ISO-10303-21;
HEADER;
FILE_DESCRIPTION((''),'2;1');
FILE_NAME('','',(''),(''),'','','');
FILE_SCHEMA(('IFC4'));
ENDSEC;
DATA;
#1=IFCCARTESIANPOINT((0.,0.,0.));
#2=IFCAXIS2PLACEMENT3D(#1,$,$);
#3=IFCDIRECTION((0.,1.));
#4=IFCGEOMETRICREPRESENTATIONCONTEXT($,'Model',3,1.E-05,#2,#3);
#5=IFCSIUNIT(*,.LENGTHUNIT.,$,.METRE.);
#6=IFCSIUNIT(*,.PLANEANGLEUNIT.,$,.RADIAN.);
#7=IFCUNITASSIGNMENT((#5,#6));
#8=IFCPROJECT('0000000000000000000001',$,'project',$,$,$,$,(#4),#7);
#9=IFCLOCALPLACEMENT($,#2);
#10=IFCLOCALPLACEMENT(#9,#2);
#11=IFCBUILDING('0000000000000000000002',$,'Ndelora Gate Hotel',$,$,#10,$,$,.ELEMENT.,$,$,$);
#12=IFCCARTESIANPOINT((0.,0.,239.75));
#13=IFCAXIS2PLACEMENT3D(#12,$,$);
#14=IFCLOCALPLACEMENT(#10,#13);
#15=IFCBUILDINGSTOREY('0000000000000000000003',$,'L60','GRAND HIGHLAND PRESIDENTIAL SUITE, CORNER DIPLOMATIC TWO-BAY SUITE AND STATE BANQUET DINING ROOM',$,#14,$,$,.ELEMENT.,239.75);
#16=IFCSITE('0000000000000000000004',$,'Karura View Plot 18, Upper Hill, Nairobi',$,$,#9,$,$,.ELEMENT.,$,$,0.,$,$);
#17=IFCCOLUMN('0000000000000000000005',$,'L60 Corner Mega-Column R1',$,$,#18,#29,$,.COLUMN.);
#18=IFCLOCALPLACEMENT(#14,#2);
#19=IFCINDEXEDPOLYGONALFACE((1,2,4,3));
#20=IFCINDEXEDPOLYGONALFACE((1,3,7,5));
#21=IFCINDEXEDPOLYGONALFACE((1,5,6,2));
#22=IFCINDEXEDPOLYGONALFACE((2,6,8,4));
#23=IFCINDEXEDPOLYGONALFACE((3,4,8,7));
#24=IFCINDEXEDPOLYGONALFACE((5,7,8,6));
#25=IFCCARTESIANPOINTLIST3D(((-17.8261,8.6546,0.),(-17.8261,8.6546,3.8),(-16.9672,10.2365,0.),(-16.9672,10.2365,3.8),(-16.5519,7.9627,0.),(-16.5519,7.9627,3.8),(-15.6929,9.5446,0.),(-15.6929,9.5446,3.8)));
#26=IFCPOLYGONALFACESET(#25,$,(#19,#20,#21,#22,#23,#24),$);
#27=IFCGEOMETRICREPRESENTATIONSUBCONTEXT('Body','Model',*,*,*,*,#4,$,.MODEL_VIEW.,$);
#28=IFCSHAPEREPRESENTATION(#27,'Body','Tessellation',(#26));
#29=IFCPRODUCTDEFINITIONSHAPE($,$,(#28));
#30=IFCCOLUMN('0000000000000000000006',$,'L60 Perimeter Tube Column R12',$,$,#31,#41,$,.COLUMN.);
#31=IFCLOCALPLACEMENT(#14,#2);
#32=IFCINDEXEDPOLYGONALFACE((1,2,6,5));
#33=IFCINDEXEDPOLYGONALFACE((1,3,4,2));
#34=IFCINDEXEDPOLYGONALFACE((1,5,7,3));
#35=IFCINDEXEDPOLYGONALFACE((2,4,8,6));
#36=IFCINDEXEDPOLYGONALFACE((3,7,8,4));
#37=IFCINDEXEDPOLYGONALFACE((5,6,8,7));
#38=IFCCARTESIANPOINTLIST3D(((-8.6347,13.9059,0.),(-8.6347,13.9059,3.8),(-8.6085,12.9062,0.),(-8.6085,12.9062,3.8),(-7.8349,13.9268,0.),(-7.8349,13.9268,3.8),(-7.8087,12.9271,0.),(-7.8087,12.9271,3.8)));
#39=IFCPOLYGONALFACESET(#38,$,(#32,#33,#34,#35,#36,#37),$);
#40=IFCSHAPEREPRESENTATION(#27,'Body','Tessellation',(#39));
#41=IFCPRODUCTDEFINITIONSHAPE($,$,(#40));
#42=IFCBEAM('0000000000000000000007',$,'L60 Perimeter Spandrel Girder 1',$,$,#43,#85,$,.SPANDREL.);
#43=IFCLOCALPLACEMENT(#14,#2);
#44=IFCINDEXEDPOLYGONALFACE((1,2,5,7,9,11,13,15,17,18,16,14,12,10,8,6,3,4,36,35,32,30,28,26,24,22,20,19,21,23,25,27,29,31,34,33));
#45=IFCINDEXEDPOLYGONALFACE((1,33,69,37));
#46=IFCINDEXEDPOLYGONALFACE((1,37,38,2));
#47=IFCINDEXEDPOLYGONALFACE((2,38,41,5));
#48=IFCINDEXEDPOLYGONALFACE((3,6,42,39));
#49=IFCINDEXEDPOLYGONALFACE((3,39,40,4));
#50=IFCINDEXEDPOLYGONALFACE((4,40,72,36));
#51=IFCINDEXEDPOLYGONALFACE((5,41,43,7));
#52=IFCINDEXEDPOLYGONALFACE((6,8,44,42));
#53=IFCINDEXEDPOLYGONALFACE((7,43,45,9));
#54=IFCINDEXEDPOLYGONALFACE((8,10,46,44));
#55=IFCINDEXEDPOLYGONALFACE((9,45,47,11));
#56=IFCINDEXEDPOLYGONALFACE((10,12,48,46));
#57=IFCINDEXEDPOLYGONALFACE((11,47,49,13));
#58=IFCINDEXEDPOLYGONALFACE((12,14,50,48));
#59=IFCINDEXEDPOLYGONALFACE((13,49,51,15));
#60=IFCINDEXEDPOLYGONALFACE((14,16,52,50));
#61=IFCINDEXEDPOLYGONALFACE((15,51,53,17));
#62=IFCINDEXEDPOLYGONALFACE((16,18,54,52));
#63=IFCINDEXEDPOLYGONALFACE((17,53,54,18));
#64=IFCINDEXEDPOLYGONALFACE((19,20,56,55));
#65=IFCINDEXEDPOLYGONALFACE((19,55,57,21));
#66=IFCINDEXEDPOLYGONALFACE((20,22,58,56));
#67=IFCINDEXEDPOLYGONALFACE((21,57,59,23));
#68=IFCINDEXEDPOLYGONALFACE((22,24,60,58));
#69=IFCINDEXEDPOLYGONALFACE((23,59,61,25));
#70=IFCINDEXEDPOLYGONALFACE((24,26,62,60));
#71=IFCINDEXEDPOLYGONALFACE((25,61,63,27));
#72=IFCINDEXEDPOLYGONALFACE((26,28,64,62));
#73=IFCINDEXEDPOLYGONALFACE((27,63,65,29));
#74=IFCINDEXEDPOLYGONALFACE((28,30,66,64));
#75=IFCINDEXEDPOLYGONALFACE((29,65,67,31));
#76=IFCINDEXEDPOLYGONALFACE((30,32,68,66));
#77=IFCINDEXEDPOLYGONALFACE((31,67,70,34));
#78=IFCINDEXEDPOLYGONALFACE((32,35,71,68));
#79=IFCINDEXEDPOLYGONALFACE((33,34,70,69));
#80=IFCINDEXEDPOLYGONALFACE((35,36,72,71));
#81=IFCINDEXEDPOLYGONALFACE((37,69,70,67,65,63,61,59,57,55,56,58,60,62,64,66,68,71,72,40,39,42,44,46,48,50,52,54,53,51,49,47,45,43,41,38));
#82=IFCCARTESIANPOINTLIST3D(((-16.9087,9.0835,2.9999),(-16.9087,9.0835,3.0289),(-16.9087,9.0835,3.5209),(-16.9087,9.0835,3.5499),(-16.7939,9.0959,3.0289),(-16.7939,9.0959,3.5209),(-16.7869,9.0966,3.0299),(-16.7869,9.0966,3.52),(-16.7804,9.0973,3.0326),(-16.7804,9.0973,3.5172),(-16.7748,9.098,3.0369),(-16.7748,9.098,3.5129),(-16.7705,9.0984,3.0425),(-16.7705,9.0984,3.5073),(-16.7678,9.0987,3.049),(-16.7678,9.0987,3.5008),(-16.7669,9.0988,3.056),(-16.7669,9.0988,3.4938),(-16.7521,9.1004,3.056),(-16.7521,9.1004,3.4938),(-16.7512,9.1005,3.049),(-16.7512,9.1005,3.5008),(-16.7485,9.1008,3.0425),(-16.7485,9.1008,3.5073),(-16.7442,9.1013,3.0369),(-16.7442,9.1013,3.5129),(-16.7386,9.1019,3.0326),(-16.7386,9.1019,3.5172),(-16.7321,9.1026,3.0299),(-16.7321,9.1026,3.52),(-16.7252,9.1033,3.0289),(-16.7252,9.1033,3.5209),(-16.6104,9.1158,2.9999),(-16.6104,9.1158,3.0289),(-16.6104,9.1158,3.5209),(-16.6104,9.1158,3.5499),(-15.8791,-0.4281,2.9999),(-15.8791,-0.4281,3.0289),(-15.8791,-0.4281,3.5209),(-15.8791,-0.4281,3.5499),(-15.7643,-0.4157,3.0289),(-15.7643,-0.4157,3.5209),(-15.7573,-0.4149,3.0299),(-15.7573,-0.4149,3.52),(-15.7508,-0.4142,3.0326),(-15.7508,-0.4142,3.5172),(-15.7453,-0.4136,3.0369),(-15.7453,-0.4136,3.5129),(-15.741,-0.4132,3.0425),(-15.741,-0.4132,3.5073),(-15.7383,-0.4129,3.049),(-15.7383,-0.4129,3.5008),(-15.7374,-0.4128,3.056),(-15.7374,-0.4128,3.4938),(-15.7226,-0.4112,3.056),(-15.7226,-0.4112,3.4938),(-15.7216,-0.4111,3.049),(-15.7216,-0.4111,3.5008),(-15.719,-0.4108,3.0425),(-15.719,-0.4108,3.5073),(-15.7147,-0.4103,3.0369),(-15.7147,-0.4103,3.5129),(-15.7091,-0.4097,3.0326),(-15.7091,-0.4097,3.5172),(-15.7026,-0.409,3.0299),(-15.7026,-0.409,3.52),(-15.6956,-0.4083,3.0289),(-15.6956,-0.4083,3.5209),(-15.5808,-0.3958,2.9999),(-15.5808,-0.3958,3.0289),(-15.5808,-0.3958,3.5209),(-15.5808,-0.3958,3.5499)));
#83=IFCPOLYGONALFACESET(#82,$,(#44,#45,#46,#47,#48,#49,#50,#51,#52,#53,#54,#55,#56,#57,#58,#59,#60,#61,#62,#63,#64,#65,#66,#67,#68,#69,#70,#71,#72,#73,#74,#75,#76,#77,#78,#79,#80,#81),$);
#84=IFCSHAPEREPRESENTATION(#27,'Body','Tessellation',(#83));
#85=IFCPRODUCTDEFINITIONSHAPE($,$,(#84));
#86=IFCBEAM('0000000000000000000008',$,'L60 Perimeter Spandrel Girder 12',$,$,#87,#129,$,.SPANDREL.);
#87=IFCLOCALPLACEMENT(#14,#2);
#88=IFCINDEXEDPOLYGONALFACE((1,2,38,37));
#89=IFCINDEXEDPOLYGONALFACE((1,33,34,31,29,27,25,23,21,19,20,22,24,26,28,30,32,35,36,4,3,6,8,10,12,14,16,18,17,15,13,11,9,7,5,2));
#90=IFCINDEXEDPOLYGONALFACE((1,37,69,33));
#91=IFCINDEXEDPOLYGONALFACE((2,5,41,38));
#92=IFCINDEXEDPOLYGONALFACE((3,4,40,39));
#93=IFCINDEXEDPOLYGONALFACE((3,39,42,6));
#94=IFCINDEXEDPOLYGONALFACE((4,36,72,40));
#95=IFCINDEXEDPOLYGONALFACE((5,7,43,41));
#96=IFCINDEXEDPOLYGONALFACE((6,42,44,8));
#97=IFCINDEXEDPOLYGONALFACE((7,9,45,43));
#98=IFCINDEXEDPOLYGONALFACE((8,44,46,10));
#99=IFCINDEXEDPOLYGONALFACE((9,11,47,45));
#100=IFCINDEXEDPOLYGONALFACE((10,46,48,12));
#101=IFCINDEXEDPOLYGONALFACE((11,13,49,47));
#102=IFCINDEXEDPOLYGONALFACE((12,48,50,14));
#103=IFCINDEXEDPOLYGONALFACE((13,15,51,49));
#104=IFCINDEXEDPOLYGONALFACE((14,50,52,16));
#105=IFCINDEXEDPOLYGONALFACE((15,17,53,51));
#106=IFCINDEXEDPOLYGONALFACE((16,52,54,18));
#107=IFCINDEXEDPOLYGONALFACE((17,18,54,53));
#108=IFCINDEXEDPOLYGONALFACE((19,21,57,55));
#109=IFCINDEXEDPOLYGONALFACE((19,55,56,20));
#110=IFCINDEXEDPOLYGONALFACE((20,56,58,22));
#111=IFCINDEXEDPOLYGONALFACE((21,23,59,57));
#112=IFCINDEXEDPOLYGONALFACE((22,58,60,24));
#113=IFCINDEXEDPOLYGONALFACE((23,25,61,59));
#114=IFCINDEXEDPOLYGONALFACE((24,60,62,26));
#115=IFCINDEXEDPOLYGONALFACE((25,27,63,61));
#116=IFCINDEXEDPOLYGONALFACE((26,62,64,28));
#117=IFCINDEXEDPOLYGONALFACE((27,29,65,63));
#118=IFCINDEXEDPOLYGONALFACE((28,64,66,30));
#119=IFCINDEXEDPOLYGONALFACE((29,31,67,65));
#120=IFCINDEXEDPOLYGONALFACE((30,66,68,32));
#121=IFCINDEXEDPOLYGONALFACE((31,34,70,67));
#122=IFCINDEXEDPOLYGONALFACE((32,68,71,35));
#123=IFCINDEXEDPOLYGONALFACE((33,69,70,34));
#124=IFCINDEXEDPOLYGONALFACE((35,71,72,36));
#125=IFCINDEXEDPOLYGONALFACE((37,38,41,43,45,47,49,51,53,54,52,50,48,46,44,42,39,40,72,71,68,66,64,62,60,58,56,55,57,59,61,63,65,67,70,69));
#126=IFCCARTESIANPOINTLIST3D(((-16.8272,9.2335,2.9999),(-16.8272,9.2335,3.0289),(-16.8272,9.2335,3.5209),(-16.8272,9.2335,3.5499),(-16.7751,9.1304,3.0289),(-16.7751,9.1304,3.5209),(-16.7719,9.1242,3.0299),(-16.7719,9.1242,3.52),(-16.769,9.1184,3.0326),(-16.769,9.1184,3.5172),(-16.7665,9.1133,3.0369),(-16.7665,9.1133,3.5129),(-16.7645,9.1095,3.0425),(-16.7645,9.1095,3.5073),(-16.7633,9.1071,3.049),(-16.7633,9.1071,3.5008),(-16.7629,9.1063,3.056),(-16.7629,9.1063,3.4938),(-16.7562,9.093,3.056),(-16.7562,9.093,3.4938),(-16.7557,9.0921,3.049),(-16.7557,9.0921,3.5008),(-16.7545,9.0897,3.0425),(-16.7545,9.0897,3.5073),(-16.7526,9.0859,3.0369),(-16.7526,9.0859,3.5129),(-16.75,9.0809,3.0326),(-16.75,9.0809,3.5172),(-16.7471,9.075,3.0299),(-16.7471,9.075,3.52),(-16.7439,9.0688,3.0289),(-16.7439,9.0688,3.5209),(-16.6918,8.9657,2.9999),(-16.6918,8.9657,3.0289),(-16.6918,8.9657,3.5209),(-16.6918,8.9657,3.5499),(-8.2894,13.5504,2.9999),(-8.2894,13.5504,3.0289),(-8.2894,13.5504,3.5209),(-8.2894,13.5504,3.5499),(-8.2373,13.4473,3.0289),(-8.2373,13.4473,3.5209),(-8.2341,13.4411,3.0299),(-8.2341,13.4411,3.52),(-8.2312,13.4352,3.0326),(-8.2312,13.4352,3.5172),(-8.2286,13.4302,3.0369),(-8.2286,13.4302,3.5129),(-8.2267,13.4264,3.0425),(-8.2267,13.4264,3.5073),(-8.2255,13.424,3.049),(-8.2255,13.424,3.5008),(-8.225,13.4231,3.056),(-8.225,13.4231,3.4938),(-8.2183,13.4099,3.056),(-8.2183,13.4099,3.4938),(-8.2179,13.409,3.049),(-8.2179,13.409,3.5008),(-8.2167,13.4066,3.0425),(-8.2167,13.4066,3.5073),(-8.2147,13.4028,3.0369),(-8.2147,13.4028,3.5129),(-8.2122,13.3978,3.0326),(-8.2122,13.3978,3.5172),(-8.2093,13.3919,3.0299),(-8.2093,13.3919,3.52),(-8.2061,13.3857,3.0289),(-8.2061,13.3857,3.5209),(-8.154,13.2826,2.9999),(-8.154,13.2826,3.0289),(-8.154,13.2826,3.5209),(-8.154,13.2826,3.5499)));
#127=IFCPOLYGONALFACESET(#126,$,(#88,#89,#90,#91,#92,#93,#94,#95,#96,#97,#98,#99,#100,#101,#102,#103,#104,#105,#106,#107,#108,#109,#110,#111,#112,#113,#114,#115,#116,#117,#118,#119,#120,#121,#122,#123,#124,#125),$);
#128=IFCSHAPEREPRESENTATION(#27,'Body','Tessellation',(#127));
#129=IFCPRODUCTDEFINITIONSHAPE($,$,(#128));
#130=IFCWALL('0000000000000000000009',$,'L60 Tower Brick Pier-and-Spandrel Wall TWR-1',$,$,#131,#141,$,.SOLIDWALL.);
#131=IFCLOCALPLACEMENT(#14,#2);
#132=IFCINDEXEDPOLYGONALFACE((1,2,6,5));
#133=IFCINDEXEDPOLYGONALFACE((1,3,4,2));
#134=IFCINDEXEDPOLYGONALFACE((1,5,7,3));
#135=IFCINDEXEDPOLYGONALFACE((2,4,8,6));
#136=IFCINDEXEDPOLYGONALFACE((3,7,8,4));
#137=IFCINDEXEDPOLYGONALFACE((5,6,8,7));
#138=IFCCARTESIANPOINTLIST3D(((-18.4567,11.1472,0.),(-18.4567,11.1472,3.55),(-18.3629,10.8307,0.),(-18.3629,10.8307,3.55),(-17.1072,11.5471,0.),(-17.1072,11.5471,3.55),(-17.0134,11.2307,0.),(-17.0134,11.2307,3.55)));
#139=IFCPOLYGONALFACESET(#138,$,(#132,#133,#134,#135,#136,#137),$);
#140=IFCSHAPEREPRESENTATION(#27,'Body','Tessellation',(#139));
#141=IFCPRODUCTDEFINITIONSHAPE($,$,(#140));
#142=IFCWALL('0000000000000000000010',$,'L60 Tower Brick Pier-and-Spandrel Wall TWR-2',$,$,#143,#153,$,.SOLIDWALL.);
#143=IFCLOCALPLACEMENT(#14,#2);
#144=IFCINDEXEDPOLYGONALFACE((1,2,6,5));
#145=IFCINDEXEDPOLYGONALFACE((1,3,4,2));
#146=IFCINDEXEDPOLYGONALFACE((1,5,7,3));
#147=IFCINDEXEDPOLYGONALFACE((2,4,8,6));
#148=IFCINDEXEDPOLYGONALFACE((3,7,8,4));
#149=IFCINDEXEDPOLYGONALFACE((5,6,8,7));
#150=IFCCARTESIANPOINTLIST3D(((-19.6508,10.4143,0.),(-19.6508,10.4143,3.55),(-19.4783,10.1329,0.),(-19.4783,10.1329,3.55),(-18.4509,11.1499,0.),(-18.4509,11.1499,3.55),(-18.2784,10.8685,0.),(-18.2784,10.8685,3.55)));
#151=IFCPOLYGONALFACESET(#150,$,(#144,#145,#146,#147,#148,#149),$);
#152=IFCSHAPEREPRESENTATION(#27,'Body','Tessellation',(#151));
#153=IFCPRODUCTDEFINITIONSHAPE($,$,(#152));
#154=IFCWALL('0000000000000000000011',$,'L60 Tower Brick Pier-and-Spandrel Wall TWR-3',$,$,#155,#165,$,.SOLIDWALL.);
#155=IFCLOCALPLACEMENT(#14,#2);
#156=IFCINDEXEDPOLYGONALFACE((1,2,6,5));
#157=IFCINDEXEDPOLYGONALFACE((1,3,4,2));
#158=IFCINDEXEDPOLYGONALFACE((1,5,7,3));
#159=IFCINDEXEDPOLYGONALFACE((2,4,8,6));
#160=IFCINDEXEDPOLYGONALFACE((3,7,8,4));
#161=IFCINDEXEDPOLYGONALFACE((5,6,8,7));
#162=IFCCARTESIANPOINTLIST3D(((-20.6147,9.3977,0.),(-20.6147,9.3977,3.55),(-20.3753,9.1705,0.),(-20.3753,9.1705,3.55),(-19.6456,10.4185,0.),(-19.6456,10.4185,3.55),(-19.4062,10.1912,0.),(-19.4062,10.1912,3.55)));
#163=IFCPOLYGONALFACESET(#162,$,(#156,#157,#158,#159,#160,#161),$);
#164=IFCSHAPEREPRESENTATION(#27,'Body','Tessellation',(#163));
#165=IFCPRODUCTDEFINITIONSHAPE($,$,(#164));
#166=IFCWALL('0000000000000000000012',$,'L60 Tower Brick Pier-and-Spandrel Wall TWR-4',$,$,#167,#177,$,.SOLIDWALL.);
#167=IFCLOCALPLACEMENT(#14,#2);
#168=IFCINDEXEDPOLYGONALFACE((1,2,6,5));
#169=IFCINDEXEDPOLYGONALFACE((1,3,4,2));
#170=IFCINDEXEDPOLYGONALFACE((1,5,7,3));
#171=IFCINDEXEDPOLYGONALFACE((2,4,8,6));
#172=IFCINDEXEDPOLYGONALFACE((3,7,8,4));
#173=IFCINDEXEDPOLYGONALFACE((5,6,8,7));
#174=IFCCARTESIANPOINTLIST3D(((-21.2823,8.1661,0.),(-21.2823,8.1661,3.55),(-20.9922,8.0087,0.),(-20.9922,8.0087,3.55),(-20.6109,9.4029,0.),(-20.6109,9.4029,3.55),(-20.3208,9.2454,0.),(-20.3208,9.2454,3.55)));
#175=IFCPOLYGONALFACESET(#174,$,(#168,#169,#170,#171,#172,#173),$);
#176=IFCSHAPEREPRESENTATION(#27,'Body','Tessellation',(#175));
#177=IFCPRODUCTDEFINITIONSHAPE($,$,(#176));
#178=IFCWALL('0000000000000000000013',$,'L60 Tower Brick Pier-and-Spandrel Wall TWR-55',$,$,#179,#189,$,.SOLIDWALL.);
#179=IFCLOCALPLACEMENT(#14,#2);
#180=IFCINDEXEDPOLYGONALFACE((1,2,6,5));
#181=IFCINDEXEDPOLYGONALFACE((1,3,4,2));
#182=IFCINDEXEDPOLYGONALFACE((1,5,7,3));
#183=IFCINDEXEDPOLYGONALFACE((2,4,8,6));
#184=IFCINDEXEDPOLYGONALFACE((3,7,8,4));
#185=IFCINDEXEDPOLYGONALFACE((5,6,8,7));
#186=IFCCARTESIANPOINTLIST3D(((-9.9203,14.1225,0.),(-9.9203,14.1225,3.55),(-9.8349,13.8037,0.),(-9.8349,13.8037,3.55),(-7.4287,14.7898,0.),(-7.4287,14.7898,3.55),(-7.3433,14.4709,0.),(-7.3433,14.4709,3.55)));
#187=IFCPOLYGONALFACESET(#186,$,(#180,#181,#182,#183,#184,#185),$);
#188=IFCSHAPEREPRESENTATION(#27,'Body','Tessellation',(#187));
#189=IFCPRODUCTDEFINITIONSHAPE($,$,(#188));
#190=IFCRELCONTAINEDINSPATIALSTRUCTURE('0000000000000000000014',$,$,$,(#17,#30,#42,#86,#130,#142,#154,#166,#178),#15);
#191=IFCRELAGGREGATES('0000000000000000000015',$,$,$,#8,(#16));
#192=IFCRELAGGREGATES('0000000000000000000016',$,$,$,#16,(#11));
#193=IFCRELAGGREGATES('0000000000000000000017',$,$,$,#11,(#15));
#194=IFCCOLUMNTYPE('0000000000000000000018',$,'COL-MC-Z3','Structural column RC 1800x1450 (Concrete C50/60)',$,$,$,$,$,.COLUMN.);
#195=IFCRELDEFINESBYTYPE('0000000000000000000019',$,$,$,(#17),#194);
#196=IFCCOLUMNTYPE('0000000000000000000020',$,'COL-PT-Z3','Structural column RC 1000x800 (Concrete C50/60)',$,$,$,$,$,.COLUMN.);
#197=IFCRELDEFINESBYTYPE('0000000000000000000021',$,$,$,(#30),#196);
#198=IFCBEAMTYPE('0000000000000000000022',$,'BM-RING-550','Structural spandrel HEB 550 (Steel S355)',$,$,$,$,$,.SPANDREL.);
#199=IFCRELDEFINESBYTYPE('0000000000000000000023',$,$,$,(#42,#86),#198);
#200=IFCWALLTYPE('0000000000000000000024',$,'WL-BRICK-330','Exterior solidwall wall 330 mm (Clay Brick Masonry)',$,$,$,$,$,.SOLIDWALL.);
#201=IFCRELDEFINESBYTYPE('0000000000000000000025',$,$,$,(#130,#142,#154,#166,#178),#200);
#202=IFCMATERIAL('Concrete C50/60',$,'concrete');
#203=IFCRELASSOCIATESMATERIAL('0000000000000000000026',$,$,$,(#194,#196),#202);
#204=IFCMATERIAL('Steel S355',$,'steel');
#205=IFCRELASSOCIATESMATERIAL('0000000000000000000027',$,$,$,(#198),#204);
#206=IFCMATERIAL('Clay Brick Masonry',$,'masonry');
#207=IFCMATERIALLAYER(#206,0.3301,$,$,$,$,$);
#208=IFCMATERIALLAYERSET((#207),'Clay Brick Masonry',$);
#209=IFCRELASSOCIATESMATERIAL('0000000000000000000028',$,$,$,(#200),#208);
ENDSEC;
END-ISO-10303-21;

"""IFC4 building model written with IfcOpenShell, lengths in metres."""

from ifc_helpers import new_model, si_unit, direction, frame, frame_2d, origin, origin_2d, place, context, subcontext, project, spatial, rectangle, i_section, extrude, material, layer, layer_set, material_profile, profile_set, type_object, element, save


model = new_model("IFC4")

# Units and contexts
model_context = context("Model", 3, precision=1e-05, world=origin(), true_north=direction((0.0, 1.0)))
body_context = subcontext(model_context, "Body", "Model", "MODEL_VIEW")
ifc_project = project(units=[si_unit("LENGTHUNIT", "METRE"), si_unit("PLANEANGLEUNIT", "RADIAN")], contexts=[model_context])

# Site, building, storey
site_placement = place(None, origin())
site = spatial("IfcSite", under=ifc_project, at=site_placement, Name="Karura View Plot 18, Upper Hill, Nairobi", CompositionType="ELEMENT", RefElevation=0.0)
building_placement = place(site_placement, origin())
building = spatial("IfcBuilding", under=site, at=building_placement, Name="Ndelora Gate Hotel", CompositionType="ELEMENT")
storey_placement = place(building_placement, frame((0.0, 0.0, 239.75)))
storey = spatial("IfcBuildingStorey", under=building, at=storey_placement, Name="L60", Description="GRAND HIGHLAND PRESIDENTIAL SUITE, CORNER DIPLOMATIC TWO-BAY SUITE AND STATE BANQUET DINING ROOM", CompositionType="ELEMENT", Elevation=239.75)

# Columns
ifc_material_1 = material(Name="Concrete C50/60", Category="concrete")
ifc_material_profile_1 = material_profile(ifc_material_1, rectangle(XDim=1.45, YDim=1.8, at=origin_2d()), Name="RC 1800x1450")
ifc_profile_set_1 = profile_set([ifc_material_profile_1], Name="Concrete C50/60")
column_type_1 = type_object("IfcColumnType", Name="COL-MC-Z3", Description="Structural column RC 1800x1450 (Concrete C50/60)", PredefinedType="COLUMN", material=ifc_profile_set_1)
column_1_placement = place(storey_placement, frame((-16.7595, 9.0996, 0.0), z_axis=(0.0, 0.0, 1.0), x_axis=(-0.878817, 0.477159, 0.0)))
element("IfcColumn", 1, at=column_1_placement, inside=storey, type_object=column_type_1, Name="L60 Corner Mega-Column R1", PredefinedType="COLUMN", context=body_context, shape_type="SweptSolid", body=[
    extrude(rectangle(XDim=1.45, YDim=1.8, at=origin_2d()), origin(), (0.0, 0.0, 1.0), 3.8),
])
ifc_material_profile_2 = material_profile(ifc_material_1, rectangle(XDim=0.8, YDim=1.0, at=origin_2d()), Name="RC 1000x800")
ifc_profile_set_2 = profile_set([ifc_material_profile_2], Name="Concrete C50/60")
column_type_2 = type_object("IfcColumnType", Name="COL-PT-Z3", Description="Structural column RC 1000x800 (Concrete C50/60)", PredefinedType="COLUMN", material=ifc_profile_set_2)
column_2_placement = place(storey_placement, frame((-8.2217, 13.4165, 0.0), z_axis=(0.0, 0.0, 1.0), x_axis=(0.999657, 0.026177, 0.0)))
element("IfcColumn", 2, at=column_2_placement, inside=storey, type_object=column_type_2, Name="L60 Perimeter Tube Column R12", PredefinedType="COLUMN", context=body_context, shape_type="SweptSolid", body=[
    extrude(rectangle(XDim=0.8, YDim=1.0, at=origin_2d()), origin(), (0.0, 0.0, 1.0), 3.8),
])

# Beams
ifc_material_2 = material(Name="Steel S355", Category="steel")
ifc_material_profile_3 = material_profile(ifc_material_2, i_section(OverallWidth=0.3, OverallDepth=0.55, WebThickness=0.0149, FlangeThickness=0.0291, FilletRadius=0.0271, at=origin_2d()), Name="HEB 550")
ifc_profile_set_3 = profile_set([ifc_material_profile_3], Name="Steel S355")
beam_type = type_object("IfcBeamType", Name="BM-RING-550", Description="Structural spandrel HEB 550 (Steel S355)", PredefinedType="SPANDREL", material=ifc_profile_set_3)
for number, where, z_axis, x_axis, name in (
    (3, (-16.7595, 9.0996, 3.2749), (0.107613, -0.994193, 0.0), (0.994193, 0.107613, 0.0), "L60 Perimeter Spandrel Girder 1"),
    (4, (-8.2217, 13.4165, 3.2749), (-0.892412, -0.451221, 0.0), (0.451221, -0.892412, 0.0), "L60 Perimeter Spandrel Girder 12"),
):
    element("IfcBeam", number, at=place(storey_placement, frame(where, z_axis=z_axis, x_axis=x_axis)), inside=storey, type_object=beam_type, Name=name, PredefinedType="SPANDREL", context=body_context, shape_type="SweptSolid", body=[
        extrude(i_section(OverallWidth=0.3, OverallDepth=0.55, WebThickness=0.0149, FlangeThickness=0.0291, FilletRadius=0.0271, at=origin_2d()), origin(), (0.0, 0.0, 1.0), 9.5671),
    ])

# Walls
ifc_material_3 = material(Name="Clay Brick Masonry", Category="masonry")
ifc_layer_1 = layer(ifc_material_3, 0.3301)
ifc_layer_set_1 = layer_set([ifc_layer_1], Name="Clay Brick Masonry")
wall_type_1 = type_object("IfcWallType", Name="WL-BRICK-330", Description="Exterior solidwall wall 330 mm (Clay Brick Masonry)", PredefinedType="SOLIDWALL", material=ifc_layer_set_1)
for number, where, z_axis, x_axis, name in (
    (5, (-18.4097, 10.989, 0.0), (0.0, 0.0, 1.0), (0.958781, 0.284147, 0.0), "L60 Tower Brick Pier-and-Spandrel Wall TWR-1"),
    (6, (-19.5645, 10.2737, 0.0), (0.0, 0.0, 1.0), (0.852556, 0.522635, 0.0), "L60 Tower Brick Pier-and-Spandrel Wall TWR-2"),
    (7, (-20.4949, 9.2842, 0.0), (0.0, 0.0, 1.0), (0.68848, 0.725255, 0.0), "L60 Tower Brick Pier-and-Spandrel Wall TWR-3"),
):
    element("IfcWall", number, at=place(storey_placement, frame(where, z_axis=z_axis, x_axis=x_axis)), inside=storey, type_object=wall_type_1, Name=name, PredefinedType="SOLIDWALL", context=body_context, shape_type="SweptSolid", body=[
        extrude(rectangle(XDim=1.4075, YDim=0.3301, at=frame_2d((0.7036, 0.0))), origin(), (0.0, 0.0, 1.0), 3.55),
    ])
wall_1_placement = place(storey_placement, frame((-21.1372, 8.0874, 0.0), z_axis=(0.0, 0.0, 1.0), x_axis=(0.477077, 0.878862, 0.0)))
element("IfcWall", 8, at=wall_1_placement, inside=storey, type_object=wall_type_1, Name="L60 Tower Brick Pier-and-Spandrel Wall TWR-4", PredefinedType="SOLIDWALL", context=body_context, shape_type="SweptSolid", body=[
    extrude(rectangle(XDim=1.4072, YDim=0.3301, at=frame_2d((0.7036, 0.0))), origin(), (0.0, 0.0, 1.0), 3.55),
])
wall_2_placement = place(storey_placement, frame((-9.8774, 13.9631, 0.0), z_axis=(0.0, 0.0, 1.0), x_axis=(0.965959, 0.258694, 0.0)))
element("IfcWall", 9, at=wall_2_placement, inside=storey, type_object=wall_type_1, Name="L60 Tower Brick Pier-and-Spandrel Wall TWR-55", PredefinedType="SOLIDWALL", context=body_context, shape_type="SweptSolid", body=[
    extrude(rectangle(XDim=2.5793, YDim=0.3301, at=frame_2d((1.2896, 0.0))), origin(), (0.0, 0.0, 1.0), 3.55),
])

save(model, "model.ifc")
